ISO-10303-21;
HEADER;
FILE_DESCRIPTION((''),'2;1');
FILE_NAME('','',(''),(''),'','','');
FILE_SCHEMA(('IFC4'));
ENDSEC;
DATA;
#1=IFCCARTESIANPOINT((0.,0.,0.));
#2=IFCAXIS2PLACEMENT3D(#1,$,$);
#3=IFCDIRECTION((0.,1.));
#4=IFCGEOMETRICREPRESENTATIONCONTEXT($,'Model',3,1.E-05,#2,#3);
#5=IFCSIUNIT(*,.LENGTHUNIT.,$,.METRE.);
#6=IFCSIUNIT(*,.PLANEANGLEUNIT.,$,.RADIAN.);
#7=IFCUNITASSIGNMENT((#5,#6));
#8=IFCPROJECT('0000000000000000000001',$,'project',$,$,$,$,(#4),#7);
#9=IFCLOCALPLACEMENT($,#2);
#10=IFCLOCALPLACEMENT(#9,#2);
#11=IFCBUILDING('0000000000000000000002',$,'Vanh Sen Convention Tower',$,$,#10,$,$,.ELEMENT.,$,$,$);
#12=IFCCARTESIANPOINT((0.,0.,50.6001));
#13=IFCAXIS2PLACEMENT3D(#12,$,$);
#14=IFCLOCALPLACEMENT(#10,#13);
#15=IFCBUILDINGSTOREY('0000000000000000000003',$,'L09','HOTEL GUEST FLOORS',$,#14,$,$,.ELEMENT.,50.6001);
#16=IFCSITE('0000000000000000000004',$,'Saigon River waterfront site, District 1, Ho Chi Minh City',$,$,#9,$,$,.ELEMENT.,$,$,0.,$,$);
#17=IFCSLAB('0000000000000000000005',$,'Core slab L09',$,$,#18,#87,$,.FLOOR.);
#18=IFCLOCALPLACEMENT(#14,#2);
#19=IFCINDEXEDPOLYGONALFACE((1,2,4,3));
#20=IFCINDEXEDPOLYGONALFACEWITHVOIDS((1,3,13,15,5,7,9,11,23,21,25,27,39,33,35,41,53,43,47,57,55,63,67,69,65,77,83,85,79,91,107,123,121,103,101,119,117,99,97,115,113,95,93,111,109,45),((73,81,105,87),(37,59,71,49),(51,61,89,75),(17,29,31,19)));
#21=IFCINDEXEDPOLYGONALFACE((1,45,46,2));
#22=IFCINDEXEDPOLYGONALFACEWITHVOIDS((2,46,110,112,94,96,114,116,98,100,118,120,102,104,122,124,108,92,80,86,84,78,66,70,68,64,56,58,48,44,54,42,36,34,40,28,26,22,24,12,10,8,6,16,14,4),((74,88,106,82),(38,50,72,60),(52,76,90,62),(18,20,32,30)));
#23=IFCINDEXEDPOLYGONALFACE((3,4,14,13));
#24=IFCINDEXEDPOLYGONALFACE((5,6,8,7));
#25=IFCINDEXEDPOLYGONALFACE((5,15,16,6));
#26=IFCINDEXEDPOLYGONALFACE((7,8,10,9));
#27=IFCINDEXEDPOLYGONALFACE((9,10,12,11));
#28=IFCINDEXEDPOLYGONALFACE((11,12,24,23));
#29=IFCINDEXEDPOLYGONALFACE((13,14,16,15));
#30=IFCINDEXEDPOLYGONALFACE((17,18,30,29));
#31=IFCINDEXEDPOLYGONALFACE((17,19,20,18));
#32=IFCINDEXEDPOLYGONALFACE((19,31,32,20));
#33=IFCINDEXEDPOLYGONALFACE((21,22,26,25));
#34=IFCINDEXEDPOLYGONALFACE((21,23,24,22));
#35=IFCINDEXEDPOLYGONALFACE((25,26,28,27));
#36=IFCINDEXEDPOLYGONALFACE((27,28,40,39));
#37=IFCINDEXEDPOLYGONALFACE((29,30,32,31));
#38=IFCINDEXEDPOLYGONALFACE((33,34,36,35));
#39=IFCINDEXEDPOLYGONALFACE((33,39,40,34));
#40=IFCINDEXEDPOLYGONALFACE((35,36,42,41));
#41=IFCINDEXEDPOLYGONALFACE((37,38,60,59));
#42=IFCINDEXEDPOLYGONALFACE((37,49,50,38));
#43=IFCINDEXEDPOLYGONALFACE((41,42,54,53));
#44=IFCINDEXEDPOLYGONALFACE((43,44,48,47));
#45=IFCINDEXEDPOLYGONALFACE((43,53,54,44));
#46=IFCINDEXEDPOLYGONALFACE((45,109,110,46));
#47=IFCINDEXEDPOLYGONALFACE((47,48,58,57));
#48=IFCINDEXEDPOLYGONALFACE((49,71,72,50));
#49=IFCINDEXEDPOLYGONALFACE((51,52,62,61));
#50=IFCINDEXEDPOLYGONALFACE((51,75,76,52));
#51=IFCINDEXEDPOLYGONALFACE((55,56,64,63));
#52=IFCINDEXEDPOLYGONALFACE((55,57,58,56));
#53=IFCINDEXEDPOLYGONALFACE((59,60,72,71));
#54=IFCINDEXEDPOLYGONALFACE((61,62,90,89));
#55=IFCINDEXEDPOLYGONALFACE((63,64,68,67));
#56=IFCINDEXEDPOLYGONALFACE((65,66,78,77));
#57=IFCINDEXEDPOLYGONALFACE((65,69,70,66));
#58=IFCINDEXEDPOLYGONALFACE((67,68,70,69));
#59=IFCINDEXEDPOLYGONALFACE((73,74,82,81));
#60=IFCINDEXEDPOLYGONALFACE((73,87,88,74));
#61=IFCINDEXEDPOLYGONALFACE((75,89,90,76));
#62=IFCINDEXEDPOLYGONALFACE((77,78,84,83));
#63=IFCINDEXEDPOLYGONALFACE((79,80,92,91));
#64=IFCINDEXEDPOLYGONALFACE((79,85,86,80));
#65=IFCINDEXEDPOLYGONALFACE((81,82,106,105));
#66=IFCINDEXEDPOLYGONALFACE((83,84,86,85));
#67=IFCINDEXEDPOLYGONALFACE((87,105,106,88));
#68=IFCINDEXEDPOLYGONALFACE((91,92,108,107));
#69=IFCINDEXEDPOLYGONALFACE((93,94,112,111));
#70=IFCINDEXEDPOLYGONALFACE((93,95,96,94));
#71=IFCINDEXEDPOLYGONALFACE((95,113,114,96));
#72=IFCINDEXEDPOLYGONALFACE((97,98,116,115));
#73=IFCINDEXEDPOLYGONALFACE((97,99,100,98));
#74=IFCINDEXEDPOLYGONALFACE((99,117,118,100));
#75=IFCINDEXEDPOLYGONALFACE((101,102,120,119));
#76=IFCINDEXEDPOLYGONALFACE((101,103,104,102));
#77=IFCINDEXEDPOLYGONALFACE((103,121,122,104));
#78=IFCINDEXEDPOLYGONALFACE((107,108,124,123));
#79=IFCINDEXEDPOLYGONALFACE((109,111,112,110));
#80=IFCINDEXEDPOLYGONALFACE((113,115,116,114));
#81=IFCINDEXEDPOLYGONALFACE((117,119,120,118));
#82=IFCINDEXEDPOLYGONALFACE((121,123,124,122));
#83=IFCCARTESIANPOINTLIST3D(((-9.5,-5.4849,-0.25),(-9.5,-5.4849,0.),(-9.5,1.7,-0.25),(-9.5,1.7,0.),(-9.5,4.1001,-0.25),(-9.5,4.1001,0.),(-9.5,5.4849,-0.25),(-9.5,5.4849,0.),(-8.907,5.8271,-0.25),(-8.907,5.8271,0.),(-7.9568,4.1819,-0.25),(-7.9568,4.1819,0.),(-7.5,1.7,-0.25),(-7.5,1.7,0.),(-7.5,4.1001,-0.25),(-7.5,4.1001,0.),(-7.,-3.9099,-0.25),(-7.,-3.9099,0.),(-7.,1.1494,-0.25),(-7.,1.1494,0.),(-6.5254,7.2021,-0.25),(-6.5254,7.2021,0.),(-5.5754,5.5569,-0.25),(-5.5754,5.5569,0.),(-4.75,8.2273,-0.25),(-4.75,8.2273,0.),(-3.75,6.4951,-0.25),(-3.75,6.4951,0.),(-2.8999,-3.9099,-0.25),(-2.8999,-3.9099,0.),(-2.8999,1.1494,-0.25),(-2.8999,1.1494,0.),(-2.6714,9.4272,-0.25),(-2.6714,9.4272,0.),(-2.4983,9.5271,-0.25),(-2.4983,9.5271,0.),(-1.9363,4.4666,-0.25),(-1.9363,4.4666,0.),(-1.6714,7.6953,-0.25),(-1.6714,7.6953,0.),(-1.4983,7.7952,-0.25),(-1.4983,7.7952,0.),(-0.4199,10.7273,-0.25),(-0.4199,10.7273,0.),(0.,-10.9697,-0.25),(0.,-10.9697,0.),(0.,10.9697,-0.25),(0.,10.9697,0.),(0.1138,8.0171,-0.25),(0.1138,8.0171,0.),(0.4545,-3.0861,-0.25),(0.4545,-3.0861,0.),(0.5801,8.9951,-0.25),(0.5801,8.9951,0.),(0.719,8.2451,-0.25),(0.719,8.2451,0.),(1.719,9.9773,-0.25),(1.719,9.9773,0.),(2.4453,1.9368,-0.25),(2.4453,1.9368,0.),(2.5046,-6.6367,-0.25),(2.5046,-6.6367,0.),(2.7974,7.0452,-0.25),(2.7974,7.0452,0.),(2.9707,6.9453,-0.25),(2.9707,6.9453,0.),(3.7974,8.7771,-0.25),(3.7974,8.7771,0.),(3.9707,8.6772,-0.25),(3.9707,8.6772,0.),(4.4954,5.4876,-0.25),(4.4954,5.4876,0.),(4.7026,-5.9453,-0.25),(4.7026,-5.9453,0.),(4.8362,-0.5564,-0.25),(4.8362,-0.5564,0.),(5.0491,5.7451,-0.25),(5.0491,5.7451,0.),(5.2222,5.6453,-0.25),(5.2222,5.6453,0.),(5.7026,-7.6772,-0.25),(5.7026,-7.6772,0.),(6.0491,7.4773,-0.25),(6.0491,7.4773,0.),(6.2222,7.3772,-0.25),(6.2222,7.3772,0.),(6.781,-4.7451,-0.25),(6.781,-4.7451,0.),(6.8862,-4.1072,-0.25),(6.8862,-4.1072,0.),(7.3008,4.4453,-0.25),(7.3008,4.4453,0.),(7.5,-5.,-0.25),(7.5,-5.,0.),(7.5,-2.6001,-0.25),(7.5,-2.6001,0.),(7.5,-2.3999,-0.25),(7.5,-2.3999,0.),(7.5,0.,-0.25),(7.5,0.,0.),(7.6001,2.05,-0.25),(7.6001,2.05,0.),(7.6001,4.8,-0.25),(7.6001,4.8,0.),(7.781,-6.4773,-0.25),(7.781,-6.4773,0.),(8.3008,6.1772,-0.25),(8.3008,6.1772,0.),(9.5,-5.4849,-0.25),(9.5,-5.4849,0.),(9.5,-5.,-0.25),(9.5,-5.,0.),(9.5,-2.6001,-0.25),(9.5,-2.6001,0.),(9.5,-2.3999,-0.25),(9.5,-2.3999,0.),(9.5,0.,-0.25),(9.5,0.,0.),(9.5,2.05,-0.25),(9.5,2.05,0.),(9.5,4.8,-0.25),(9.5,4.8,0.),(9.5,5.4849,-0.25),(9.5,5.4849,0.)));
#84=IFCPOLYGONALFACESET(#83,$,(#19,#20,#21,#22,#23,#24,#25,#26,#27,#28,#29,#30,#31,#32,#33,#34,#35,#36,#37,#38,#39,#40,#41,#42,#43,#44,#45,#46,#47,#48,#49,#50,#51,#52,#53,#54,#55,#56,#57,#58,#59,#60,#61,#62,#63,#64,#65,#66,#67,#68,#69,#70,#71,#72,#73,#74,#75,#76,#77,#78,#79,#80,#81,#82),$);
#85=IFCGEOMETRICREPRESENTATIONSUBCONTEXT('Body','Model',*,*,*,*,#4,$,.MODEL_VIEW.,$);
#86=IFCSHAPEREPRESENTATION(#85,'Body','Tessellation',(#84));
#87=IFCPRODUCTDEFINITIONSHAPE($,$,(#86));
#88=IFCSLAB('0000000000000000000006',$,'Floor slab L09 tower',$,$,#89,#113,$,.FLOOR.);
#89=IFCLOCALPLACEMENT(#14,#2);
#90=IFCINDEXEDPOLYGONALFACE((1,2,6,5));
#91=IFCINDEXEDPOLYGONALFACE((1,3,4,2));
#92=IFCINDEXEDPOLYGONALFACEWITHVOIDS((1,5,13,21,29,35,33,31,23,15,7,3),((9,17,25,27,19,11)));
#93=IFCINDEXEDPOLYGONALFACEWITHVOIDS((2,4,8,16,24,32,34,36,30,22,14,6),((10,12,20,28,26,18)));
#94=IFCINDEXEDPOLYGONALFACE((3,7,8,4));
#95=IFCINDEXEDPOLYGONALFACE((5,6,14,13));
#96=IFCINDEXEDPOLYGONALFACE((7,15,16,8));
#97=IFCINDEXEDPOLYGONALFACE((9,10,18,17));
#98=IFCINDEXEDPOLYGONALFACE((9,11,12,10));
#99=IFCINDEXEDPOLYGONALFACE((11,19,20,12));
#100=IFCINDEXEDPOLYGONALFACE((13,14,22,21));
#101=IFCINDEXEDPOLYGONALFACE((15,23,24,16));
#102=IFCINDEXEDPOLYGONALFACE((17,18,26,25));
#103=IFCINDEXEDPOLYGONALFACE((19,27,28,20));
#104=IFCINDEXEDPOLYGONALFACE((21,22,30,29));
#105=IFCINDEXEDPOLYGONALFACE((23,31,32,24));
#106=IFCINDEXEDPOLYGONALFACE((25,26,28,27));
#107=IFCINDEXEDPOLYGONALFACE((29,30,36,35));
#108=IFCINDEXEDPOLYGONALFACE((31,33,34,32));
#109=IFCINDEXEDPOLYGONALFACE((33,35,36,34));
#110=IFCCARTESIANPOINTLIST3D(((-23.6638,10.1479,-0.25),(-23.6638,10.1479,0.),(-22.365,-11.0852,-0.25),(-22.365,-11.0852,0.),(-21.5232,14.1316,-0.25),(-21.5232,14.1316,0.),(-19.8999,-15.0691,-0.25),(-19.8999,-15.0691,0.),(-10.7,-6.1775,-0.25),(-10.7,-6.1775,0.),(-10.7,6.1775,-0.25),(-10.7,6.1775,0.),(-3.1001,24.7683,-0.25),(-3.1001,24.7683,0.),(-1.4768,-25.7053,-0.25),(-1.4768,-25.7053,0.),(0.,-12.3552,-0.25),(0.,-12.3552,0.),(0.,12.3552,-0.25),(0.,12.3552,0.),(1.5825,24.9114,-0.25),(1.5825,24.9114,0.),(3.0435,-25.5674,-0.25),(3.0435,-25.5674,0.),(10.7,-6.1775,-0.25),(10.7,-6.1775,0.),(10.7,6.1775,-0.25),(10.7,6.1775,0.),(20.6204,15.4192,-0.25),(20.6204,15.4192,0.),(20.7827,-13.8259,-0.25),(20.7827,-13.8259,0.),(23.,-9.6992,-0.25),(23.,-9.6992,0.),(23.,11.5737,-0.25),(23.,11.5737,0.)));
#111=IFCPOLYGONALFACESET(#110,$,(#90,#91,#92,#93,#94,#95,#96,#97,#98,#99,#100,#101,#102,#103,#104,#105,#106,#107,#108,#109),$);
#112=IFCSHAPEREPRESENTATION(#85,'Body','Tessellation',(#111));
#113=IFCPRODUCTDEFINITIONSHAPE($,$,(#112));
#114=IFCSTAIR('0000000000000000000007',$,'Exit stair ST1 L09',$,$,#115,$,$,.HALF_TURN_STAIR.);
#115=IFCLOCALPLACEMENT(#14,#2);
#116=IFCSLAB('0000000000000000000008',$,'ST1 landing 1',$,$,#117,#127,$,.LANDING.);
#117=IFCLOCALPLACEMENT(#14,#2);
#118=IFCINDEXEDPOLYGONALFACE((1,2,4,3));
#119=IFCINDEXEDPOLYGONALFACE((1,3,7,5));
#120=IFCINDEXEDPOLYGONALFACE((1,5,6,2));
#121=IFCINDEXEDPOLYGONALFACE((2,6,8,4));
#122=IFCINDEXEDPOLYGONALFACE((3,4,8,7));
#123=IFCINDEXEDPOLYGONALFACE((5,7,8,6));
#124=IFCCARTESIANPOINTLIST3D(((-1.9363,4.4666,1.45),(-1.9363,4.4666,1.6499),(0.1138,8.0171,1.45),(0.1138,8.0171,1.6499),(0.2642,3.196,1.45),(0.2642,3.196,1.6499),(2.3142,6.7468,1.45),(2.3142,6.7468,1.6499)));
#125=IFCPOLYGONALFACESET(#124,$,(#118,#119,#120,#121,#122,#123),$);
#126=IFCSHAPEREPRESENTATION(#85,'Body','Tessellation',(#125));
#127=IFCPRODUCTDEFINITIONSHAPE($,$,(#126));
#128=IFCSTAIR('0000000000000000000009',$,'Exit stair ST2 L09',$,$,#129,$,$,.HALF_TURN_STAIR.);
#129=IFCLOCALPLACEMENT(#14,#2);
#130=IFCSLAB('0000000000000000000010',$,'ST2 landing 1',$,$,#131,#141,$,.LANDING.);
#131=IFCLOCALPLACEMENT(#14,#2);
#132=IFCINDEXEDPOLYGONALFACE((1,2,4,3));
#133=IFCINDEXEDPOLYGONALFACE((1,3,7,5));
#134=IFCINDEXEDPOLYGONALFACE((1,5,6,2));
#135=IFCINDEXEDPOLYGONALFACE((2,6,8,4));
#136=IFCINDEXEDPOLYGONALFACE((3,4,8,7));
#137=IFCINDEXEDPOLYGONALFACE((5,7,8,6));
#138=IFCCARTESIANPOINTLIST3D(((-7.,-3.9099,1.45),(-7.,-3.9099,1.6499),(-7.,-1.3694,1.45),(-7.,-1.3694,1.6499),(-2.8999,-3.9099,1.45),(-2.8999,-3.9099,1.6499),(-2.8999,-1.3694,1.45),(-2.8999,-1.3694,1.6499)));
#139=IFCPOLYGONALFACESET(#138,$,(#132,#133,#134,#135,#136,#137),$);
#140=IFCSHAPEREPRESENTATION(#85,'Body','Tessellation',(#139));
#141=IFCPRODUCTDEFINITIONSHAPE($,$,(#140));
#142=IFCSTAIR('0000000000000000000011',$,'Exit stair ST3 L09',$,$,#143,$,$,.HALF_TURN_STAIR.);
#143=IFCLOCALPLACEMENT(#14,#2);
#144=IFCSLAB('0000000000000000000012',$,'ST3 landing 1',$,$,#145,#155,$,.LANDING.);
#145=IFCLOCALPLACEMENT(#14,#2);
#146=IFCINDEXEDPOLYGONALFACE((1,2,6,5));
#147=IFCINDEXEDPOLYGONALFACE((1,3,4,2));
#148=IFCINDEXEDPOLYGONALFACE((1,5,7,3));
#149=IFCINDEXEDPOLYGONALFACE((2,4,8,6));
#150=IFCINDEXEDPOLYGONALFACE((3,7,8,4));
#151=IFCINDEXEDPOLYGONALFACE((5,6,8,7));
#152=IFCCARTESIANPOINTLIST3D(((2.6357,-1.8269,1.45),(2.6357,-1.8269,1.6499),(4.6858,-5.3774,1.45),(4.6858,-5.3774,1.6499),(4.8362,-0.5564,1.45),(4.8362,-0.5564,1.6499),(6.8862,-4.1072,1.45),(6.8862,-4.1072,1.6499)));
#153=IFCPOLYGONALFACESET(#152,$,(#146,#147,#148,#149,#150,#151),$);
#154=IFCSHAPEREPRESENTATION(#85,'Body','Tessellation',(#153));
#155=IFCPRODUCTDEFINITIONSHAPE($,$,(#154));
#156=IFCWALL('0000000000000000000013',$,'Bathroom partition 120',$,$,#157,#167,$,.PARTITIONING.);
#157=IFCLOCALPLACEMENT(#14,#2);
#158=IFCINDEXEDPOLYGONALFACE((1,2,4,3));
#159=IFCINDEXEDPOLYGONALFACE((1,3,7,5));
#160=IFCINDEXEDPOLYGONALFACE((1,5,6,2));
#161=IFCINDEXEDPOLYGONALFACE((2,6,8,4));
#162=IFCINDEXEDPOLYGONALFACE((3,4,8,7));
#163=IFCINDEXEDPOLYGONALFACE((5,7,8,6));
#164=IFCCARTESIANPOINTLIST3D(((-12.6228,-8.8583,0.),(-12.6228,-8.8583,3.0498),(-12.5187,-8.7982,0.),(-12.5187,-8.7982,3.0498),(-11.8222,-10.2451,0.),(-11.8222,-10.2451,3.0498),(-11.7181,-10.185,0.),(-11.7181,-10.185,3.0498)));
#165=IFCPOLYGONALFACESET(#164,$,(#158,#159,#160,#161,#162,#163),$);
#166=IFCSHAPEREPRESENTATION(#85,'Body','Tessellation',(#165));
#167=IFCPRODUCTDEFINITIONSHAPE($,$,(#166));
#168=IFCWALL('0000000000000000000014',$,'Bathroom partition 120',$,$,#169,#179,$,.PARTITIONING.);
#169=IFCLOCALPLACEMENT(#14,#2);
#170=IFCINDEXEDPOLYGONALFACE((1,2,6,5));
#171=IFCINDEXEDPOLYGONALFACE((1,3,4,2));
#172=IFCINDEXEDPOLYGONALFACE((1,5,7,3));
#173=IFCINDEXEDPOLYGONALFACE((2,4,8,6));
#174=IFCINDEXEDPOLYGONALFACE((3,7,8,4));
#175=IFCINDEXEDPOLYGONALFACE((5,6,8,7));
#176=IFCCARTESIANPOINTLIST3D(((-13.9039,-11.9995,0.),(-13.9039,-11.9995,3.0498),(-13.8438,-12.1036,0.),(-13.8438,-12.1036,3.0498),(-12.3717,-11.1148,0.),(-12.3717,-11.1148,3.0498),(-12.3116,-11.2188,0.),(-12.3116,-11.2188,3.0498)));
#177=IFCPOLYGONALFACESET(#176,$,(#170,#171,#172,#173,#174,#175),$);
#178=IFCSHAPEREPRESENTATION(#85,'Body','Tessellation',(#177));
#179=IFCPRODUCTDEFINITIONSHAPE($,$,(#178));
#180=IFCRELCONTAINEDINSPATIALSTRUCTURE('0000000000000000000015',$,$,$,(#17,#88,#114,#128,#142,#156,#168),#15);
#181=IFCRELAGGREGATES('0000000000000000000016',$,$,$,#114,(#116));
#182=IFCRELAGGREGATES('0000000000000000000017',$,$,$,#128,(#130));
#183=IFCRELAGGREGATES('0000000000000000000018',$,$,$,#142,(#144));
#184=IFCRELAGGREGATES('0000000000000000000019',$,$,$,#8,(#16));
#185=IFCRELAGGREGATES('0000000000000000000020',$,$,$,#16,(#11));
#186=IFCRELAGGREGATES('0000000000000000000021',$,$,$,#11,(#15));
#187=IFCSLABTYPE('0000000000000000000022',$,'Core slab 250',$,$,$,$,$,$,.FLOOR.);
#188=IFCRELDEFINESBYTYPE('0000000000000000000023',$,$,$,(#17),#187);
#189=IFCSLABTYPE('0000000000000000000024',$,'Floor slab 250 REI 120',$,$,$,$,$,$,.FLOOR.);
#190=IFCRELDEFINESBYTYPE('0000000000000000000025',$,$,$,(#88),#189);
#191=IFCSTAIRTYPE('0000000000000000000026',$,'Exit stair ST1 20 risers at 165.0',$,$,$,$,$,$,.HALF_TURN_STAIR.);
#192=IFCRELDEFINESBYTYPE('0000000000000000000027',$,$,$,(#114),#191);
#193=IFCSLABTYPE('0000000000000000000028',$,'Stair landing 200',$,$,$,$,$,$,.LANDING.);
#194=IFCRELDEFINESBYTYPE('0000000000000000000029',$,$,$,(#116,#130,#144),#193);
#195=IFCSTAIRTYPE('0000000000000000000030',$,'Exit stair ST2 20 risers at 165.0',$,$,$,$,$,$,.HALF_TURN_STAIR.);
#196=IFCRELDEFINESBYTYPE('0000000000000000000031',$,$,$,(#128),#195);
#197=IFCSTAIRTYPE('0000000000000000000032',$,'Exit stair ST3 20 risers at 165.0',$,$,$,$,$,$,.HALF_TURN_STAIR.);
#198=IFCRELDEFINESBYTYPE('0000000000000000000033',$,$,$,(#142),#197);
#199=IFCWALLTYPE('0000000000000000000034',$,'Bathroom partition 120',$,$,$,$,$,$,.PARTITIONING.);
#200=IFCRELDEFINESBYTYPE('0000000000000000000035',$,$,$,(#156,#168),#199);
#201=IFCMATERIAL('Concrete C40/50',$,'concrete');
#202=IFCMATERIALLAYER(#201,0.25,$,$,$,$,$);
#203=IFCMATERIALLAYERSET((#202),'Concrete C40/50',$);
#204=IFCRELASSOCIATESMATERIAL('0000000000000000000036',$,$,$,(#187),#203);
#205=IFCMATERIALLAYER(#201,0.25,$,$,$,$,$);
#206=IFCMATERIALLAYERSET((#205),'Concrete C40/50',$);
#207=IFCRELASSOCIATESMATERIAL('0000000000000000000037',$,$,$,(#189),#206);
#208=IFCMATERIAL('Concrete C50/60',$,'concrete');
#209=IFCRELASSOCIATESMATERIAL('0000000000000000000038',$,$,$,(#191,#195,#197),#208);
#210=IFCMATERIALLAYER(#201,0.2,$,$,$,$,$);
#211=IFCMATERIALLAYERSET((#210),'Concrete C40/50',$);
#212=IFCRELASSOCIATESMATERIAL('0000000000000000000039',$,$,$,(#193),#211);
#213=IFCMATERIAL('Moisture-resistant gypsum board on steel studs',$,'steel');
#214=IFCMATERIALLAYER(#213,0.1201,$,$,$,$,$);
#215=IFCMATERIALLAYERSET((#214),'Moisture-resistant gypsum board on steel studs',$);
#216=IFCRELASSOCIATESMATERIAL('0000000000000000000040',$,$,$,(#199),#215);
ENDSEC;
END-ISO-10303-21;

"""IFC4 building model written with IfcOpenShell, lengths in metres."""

from ifc_helpers import new_model, si_unit, direction, frame, frame_2d, origin, place, context, subcontext, project, spatial, polyline, rectangle, outline, extrude, material, layer, layer_set, type_object, element, aggregate, save


model = new_model("IFC4")

# Units and contexts
model_context = context("Model", 3, precision=1e-05, world=origin(), true_north=direction((0.0, 1.0)))
body_context = subcontext(model_context, "Body", "Model", "MODEL_VIEW")
ifc_project = project(units=[si_unit("LENGTHUNIT", "METRE"), si_unit("PLANEANGLEUNIT", "RADIAN")], contexts=[model_context])

# Site, building, storey
site_placement = place(None, origin())
site = spatial("IfcSite", under=ifc_project, at=site_placement, Name="Saigon River waterfront site, District 1, Ho Chi Minh City", CompositionType="ELEMENT", RefElevation=0.0)
building_placement = place(site_placement, origin())
building = spatial("IfcBuilding", under=site, at=building_placement, Name="Vanh Sen Convention Tower", CompositionType="ELEMENT")
storey_placement = place(building_placement, frame((0.0, 0.0, 50.6001)))
storey = spatial("IfcBuildingStorey", under=building, at=storey_placement, Name="L09", Description="HOTEL GUEST FLOORS", CompositionType="ELEMENT", Elevation=50.6001)

# Slabs
ifc_material_1 = material(Name="Concrete C40/50", Category="concrete")
ifc_layer_1 = layer(ifc_material_1, 0.25)
ifc_layer_set_1 = layer_set([ifc_layer_1], Name="Concrete C40/50")
slab_type_1 = type_object("IfcSlabType", Name="Core slab 250", PredefinedType="FLOOR", material=ifc_layer_set_1)
slab_1_placement = place(storey_placement, frame((0.0, 0.0, -0.25)))
element("IfcSlab", 1, at=slab_1_placement, inside=storey, type_object=slab_type_1, Name="Core slab L09", PredefinedType="FLOOR", context=body_context, shape_type="SweptSolid", body=[
    extrude(outline(polyline([(9.5, 5.4849), (9.5, 4.8), (7.6001, 4.8), (7.6001, 2.05), (9.5, 2.05), (9.5, 0.0), (7.5, 0.0), (7.5, -2.3999), (9.5, -2.3999), (9.5, -2.6001), (7.5, -2.6001), (7.5, -5.0), (9.5, -5.0), (9.5, -5.4849), (0.0, -10.9697), (-9.5, -5.4849), (-9.5, 1.7), (-7.5, 1.7), (-7.5, 4.1001), (-9.5, 4.1001), (-9.5, 5.4849), (-8.907, 5.8271), (-7.9568, 4.1819), (-5.5754, 5.5569), (-6.5254, 7.2021), (-4.75, 8.2273), (-3.75, 6.4951), (-1.6714, 7.6953), (-2.6714, 9.4272), (-2.4983, 9.5271), (-1.4983, 7.7952), (0.5801, 8.9951), (-0.4199, 10.7273), (0.0, 10.9697), (1.719, 9.9773), (0.719, 8.2451), (2.7974, 7.0452), (3.7974, 8.7771), (3.9707, 8.6772), (2.9707, 6.9453), (5.0491, 5.7451), (6.0491, 7.4773), (6.2222, 7.3772), (5.2222, 5.6453), (7.3008, 4.4453), (8.3008, 6.1772), (9.5, 5.4849)]), holes=[polyline([(-7.0, 3.1499), (-7.0, -3.9099), (-2.8999, -3.9099), (-2.8999, 3.1499), (-2.8999, 1.1494), (-7.0, 1.1494), (-7.0, 3.1499)]), polyline([(4.4954, 5.4875), (6.228, 4.4873), (0.1138, 8.0171), (-1.9363, 4.4666), (2.4453, 1.9368), (4.4954, 5.4875)]), polyline([(7.781, -6.4773), (6.781, -4.7451), (4.7026, -5.9453), (5.7026, -7.6772), (7.781, -6.4773)]), polyline([(0.4546, -3.0862), (2.5046, -6.6367), (6.8862, -4.1072), (4.8362, -0.5564), (-1.2781, -4.0864), (0.4546, -3.0862)])]), origin(), (0.0, 0.0, 1.0), 0.25),
])
ifc_layer_2 = layer(ifc_material_1, 0.25)
ifc_layer_set_2 = layer_set([ifc_layer_2], Name="Concrete C40/50")
slab_type_2 = type_object("IfcSlabType", Name="Floor slab 250 REI 120", PredefinedType="FLOOR", material=ifc_layer_set_2)
slab_2_placement = place(storey_placement, frame((0.0, 0.0, -0.25)))
element("IfcSlab", 2, at=slab_2_placement, inside=storey, type_object=slab_type_2, Name="Floor slab L09 tower", PredefinedType="FLOOR", context=body_context, shape_type="SweptSolid", body=[
    extrude(outline(polyline([(23.0, -9.6992), (23.0, 11.5737), (20.6204, 15.4192), (1.5825, 24.9114), (-3.1001, 24.7683), (-21.5232, 14.1316), (-23.6638, 10.1479), (-22.365, -11.0852), (-19.8999, -15.0691), (-1.4768, -25.7053), (3.0435, -25.5674), (20.7827, -13.8259), (23.0, -9.6992)]), holes=[polyline([(0.0, 12.3552), (-10.7, 6.1775), (-10.7, -6.1775), (0.0, -12.3552), (10.7, -6.1775), (10.7, 6.1775), (0.0, 12.3552)])]), origin(), (0.0, 0.0, 1.0), 0.25),
])

# Stairs, slabs
ifc_material_2 = material(Name="Concrete C50/60", Category="concrete")
stair_type_1 = type_object("IfcStairType", Name="Exit stair ST1 20 risers at 165.0", PredefinedType="HALF_TURN_STAIR", material=ifc_material_2)
stair_1_placement = place(storey_placement, origin())
stair_1 = element("IfcStair", 3, at=stair_1_placement, inside=storey, type_object=stair_type_1, Name="Exit stair ST1 L09", PredefinedType="HALF_TURN_STAIR")
ifc_layer_3 = layer(ifc_material_1, 0.2)
ifc_layer_set_3 = layer_set([ifc_layer_3], Name="Concrete C40/50")
slab_type_3 = type_object("IfcSlabType", Name="Stair landing 200", PredefinedType="LANDING", material=ifc_layer_set_3)
slab_3_placement = place(storey_placement, frame((0.0, 0.0, 1.45)))
slab_3 = element("IfcSlab", 4, at=slab_3_placement, type_object=slab_type_3, Name="ST1 landing 1", PredefinedType="LANDING", context=body_context, shape_type="SweptSolid", body=[
    extrude(outline(polyline([(2.3142, 6.7468), (0.1138, 8.0171), (-1.9363, 4.4666), (0.2642, 3.196), (2.3142, 6.7468)])), origin(), (0.0, 0.0, 1.0), 0.2),
])
aggregate(stair_1, [slab_3])
stair_type_2 = type_object("IfcStairType", Name="Exit stair ST2 20 risers at 165.0", PredefinedType="HALF_TURN_STAIR", material=ifc_material_2)
stair_2_placement = place(storey_placement, origin())
stair_2 = element("IfcStair", 5, at=stair_2_placement, inside=storey, type_object=stair_type_2, Name="Exit stair ST2 L09", PredefinedType="HALF_TURN_STAIR")
slab_4_placement = place(storey_placement, frame((0.0, 0.0, 1.45)))
slab_4 = element("IfcSlab", 6, at=slab_4_placement, type_object=slab_type_3, Name="ST2 landing 1", PredefinedType="LANDING", context=body_context, shape_type="SweptSolid", body=[
    extrude(outline(polyline([(-7.0, -1.3694), (-7.0, -3.9099), (-2.8999, -3.9099), (-2.8999, -1.3694), (-7.0, -1.3694)])), origin(), (0.0, 0.0, 1.0), 0.2),
])
aggregate(stair_2, [slab_4])
stair_type_3 = type_object("IfcStairType", Name="Exit stair ST3 20 risers at 165.0", PredefinedType="HALF_TURN_STAIR", material=ifc_material_2)
stair_3_placement = place(storey_placement, origin())
stair_3 = element("IfcStair", 7, at=stair_3_placement, inside=storey, type_object=stair_type_3, Name="Exit stair ST3 L09", PredefinedType="HALF_TURN_STAIR")
slab_5_placement = place(storey_placement, frame((0.0, 0.0, 1.45)))
slab_5 = element("IfcSlab", 8, at=slab_5_placement, type_object=slab_type_3, Name="ST3 landing 1", PredefinedType="LANDING", context=body_context, shape_type="SweptSolid", body=[
    extrude(outline(polyline([(4.6858, -5.3774), (6.8862, -4.1072), (4.8362, -0.5564), (2.6357, -1.8269), (4.6858, -5.3774)])), origin(), (0.0, 0.0, 1.0), 0.2),
])
aggregate(stair_3, [slab_5])

# Walls
ifc_material_3 = material(Name="Moisture-resistant gypsum board on steel studs", Category="steel")
ifc_layer_4 = layer(ifc_material_3, 0.1201)
ifc_layer_set_4 = layer_set([ifc_layer_4], Name="Moisture-resistant gypsum board on steel studs")
wall_type_1 = type_object("IfcWallType", Name="Bathroom partition 120", PredefinedType="PARTITIONING", material=ifc_layer_set_4)
wall_1_placement = place(storey_placement, frame((-12.5708, -8.8281, 0.0), z_axis=(0.0, 0.0, 1.0), x_axis=(0.49996, -0.866048, 0.0)))
element("IfcWall", 9, at=wall_1_placement, inside=storey, type_object=wall_type_1, Name="Bathroom partition 120", PredefinedType="PARTITIONING", context=body_context, shape_type="SweptSolid", body=[
    extrude(rectangle(XDim=1.6013, YDim=0.1201, at=frame_2d((0.8008, 0.0))), origin(), (0.0, 0.0, 1.0), 3.0498),
])
wall_2_placement = place(storey_placement, frame((-12.3416, -11.1667, 0.0), z_axis=(0.0, 0.0, 1.0), x_axis=(-0.865993, -0.500057, 0.0)))
element("IfcWall", 10, at=wall_2_placement, inside=storey, type_object=wall_type_1, Name="Bathroom partition 120", PredefinedType="PARTITIONING", context=body_context, shape_type="SweptSolid", body=[
    extrude(rectangle(XDim=1.7693, YDim=0.1201, at=frame_2d((0.8848, 0.0))), origin(), (0.0, 0.0, 1.0), 3.0498),
])

save(model, "model.ifc")
